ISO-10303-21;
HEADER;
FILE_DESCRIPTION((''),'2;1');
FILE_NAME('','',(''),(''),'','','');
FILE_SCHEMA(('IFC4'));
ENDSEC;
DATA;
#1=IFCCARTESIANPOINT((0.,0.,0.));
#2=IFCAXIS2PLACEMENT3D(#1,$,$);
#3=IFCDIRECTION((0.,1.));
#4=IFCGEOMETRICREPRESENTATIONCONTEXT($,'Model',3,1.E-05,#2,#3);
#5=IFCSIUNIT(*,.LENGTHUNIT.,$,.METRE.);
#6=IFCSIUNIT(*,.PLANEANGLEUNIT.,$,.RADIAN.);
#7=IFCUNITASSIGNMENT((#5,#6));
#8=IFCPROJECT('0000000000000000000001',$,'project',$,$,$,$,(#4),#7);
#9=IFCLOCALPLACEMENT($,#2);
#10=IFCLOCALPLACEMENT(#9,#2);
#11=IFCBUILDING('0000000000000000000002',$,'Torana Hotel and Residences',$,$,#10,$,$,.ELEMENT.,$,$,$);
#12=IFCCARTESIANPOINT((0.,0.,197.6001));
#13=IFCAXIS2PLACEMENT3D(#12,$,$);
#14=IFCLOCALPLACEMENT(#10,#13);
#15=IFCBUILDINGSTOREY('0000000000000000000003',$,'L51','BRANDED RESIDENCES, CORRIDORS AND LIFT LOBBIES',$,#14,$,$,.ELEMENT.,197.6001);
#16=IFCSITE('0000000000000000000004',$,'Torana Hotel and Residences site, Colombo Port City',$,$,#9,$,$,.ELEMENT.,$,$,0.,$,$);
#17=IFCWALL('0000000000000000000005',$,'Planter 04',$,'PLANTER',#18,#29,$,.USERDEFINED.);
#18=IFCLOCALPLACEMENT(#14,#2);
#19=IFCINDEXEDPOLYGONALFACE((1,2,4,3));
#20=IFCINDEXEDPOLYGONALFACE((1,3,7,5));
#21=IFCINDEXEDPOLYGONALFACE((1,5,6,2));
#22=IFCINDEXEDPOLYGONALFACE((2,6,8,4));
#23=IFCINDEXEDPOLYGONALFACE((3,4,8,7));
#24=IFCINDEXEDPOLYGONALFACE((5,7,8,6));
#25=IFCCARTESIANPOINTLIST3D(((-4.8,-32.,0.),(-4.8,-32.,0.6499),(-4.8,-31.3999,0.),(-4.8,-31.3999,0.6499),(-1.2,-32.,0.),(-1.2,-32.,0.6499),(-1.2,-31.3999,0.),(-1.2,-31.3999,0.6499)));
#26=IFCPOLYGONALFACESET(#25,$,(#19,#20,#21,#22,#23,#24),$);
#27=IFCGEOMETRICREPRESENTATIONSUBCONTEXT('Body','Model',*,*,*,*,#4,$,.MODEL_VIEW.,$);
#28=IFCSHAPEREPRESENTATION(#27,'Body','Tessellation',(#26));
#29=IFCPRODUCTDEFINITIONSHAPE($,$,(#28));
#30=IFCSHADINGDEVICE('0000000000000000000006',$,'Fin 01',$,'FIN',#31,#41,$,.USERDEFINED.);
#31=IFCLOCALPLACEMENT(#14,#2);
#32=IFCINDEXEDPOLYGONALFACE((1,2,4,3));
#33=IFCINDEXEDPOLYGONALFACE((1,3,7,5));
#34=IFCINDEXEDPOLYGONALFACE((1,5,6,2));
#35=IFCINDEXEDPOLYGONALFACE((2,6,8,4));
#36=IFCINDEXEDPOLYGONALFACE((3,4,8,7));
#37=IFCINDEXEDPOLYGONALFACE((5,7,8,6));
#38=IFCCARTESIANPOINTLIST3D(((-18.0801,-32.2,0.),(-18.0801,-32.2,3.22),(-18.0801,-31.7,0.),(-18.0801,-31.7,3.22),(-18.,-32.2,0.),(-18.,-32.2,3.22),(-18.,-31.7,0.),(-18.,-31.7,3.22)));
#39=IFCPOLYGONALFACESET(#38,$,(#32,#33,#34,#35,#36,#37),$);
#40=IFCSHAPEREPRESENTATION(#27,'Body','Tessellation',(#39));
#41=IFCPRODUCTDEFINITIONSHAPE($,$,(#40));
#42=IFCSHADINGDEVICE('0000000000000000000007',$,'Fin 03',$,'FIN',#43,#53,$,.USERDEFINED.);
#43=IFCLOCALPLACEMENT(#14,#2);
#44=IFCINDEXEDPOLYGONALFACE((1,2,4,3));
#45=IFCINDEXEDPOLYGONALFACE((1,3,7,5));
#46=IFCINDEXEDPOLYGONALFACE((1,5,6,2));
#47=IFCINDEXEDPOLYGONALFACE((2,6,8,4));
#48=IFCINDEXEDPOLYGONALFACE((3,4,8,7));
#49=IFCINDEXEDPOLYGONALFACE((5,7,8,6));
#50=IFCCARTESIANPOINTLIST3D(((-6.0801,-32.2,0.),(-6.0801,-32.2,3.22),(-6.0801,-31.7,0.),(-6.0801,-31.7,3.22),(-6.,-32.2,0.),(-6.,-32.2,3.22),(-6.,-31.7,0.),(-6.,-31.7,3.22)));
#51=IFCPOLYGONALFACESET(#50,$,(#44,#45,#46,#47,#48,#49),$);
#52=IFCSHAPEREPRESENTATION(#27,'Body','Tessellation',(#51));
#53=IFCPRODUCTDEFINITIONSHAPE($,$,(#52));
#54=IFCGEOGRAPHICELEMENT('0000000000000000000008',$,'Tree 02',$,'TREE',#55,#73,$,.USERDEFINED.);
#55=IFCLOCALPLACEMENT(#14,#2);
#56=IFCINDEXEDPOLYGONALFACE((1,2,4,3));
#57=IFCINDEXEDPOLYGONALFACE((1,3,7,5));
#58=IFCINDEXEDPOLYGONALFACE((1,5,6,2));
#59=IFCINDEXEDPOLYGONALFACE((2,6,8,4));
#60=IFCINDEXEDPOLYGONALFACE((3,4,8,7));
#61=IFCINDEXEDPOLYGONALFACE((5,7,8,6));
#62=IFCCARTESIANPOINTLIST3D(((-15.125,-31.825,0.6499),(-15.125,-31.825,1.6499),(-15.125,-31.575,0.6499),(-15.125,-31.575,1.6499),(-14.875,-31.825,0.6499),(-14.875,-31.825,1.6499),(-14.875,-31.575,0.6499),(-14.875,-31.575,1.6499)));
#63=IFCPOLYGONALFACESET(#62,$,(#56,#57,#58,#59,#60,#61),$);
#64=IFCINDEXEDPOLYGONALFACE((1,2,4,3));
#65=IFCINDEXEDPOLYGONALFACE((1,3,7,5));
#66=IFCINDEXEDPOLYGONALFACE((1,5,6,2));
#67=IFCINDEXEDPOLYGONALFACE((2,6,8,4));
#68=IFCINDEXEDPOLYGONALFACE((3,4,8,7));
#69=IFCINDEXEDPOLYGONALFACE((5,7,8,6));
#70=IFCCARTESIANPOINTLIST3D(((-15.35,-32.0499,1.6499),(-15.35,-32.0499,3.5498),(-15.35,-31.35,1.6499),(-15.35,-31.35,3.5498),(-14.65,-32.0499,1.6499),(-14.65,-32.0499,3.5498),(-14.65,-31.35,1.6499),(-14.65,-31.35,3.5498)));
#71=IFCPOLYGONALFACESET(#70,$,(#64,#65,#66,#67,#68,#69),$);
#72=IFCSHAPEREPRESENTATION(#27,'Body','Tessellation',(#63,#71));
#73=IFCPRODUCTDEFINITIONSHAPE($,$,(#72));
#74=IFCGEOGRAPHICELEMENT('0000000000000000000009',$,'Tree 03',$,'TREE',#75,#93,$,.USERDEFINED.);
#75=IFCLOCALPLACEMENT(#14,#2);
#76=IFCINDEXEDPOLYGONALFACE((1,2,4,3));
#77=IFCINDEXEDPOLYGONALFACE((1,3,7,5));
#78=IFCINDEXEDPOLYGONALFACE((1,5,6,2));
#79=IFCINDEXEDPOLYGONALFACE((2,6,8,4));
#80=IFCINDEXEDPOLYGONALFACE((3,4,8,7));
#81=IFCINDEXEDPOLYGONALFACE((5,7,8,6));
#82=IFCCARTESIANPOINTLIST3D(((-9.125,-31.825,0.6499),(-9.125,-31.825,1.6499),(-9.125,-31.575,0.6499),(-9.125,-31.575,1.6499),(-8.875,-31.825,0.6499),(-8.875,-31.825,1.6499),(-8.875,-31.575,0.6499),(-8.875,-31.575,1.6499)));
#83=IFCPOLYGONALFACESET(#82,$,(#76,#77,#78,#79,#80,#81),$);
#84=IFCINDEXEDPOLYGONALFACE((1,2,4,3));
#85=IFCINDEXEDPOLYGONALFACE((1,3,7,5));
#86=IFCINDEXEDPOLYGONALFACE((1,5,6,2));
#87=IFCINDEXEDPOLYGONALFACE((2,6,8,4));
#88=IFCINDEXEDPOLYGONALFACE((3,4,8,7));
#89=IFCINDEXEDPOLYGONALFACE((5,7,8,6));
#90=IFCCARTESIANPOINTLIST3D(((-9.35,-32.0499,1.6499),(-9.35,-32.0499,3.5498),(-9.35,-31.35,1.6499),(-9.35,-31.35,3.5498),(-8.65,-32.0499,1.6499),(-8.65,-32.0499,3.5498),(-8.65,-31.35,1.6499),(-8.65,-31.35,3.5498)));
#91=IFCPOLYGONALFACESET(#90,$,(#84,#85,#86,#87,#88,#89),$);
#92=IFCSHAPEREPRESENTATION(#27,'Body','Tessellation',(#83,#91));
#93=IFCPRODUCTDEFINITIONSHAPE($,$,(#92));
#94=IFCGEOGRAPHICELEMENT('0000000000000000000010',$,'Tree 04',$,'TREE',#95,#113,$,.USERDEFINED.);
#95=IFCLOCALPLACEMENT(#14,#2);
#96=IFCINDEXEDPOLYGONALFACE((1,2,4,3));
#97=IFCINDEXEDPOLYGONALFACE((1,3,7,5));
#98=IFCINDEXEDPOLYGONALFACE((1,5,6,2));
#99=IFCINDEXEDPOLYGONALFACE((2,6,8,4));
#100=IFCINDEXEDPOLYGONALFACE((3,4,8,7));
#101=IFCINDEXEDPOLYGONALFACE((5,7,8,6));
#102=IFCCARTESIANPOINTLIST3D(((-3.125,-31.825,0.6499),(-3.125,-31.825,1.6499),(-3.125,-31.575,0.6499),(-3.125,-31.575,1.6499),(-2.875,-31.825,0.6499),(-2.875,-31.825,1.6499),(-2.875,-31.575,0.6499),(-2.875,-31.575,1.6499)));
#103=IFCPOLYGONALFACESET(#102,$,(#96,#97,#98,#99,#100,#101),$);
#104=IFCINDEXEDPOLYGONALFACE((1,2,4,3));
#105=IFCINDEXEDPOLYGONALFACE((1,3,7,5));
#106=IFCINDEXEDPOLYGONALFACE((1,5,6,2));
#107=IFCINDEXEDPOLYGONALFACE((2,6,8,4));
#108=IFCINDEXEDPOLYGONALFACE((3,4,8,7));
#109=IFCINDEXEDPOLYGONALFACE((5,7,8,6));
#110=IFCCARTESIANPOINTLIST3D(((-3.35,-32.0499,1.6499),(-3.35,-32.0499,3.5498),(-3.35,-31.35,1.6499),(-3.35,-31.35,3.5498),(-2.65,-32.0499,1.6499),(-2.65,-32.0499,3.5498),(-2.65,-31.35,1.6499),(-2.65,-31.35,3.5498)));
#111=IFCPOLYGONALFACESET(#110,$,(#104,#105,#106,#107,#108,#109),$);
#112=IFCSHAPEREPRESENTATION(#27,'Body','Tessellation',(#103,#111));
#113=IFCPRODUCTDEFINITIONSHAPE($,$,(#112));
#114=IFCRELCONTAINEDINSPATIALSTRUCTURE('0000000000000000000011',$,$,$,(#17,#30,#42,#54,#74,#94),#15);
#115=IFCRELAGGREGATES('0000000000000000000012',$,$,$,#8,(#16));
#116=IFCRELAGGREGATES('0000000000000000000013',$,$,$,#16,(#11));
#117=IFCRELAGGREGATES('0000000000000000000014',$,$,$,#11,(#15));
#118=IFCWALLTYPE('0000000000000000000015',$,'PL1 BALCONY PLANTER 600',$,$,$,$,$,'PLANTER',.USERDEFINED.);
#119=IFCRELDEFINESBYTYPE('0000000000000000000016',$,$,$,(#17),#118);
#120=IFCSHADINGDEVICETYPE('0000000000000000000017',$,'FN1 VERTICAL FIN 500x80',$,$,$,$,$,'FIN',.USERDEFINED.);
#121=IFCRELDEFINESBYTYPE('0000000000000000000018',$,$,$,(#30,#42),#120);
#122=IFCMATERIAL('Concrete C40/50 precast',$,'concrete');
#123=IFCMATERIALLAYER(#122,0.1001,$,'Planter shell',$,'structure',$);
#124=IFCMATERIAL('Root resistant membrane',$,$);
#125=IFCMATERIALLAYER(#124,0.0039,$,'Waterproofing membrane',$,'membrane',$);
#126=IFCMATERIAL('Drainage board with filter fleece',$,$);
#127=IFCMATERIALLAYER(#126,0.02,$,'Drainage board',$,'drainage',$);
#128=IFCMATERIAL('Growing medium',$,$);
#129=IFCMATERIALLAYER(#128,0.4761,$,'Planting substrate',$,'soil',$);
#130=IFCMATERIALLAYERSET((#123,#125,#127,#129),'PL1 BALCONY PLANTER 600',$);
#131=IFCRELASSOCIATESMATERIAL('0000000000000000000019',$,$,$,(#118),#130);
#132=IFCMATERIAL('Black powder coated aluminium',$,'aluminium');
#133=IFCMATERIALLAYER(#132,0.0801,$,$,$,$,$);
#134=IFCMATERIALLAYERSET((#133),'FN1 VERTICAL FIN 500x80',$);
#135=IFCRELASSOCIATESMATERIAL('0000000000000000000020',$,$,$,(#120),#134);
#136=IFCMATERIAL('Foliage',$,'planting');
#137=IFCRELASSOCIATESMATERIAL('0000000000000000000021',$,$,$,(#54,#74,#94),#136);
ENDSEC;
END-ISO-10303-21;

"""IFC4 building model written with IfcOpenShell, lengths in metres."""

from ifc_helpers import new_model, si_unit, direction, frame, frame_2d, origin, origin_2d, place, context, subcontext, project, spatial, rectangle, extrude, material, layer, layer_set, type_object, element, save


model = new_model("IFC4")

# Units and contexts
model_context = context("Model", 3, precision=1e-05, world=origin(), true_north=direction((0.0, 1.0)))
body_context = subcontext(model_context, "Body", "Model", "MODEL_VIEW")
ifc_project = project(units=[si_unit("LENGTHUNIT", "METRE"), si_unit("PLANEANGLEUNIT", "RADIAN")], contexts=[model_context])

# Site, building, storey
site_placement = place(None, origin())
site = spatial("IfcSite", under=ifc_project, at=site_placement, Name="Torana Hotel and Residences site, Colombo Port City", CompositionType="ELEMENT", RefElevation=0.0)
building_placement = place(site_placement, origin())
building = spatial("IfcBuilding", under=site, at=building_placement, Name="Torana Hotel and Residences", CompositionType="ELEMENT")
storey_placement = place(building_placement, frame((0.0, 0.0, 197.6001)))
storey = spatial("IfcBuildingStorey", under=building, at=storey_placement, Name="L51", Description="BRANDED RESIDENCES, CORRIDORS AND LIFT LOBBIES", CompositionType="ELEMENT", Elevation=197.6001)

# Wall
ifc_material_1 = material(Name="Concrete C40/50 precast", Category="concrete")
ifc_layer_1 = layer(ifc_material_1, 0.1001, Name="Planter shell", Category="structure")
ifc_material_2 = material(Name="Root resistant membrane")
ifc_layer_2 = layer(ifc_material_2, 0.0039, Name="Waterproofing membrane", Category="membrane")
ifc_material_3 = material(Name="Drainage board with filter fleece")
ifc_layer_3 = layer(ifc_material_3, 0.02, Name="Drainage board", Category="drainage")
ifc_material_4 = material(Name="Growing medium")
ifc_layer_4 = layer(ifc_material_4, 0.4761, Name="Planting substrate", Category="soil")
ifc_layer_set_1 = layer_set([ifc_layer_1, ifc_layer_2, ifc_layer_3, ifc_layer_4], Name="PL1 BALCONY PLANTER 600")
wall_type_1 = type_object("IfcWallType", Name="PL1 BALCONY PLANTER 600", ElementType="PLANTER", PredefinedType="USERDEFINED", material=ifc_layer_set_1)
for number, where, z_axis, x_axis, name in (
    (1, (-1.2, -31.7, 0.0), (0.0, 0.0, 1.0), (-1.0, 0.0, 0.0), "Planter 04"),
):
    element("IfcWall", number, at=place(storey_placement, frame(where, z_axis=z_axis, x_axis=x_axis)), inside=storey, type_object=wall_type_1, Name=name, ObjectType="PLANTER", PredefinedType="USERDEFINED", context=body_context, shape_type="SweptSolid", body=[
        extrude(rectangle(XDim=3.6001, YDim=0.6001, at=frame_2d((1.8, 0.0))), origin(), (0.0, 0.0, 1.0), 0.6499),
    ])

# Shading devices
ifc_material_5 = material(Name="Black powder coated aluminium", Category="aluminium")
ifc_layer_5 = layer(ifc_material_5, 0.0801)
ifc_layer_set_2 = layer_set([ifc_layer_5], Name="FN1 VERTICAL FIN 500x80")
shading_device_type = type_object("IfcShadingDeviceType", Name="FN1 VERTICAL FIN 500x80", ElementType="FIN", PredefinedType="USERDEFINED", material=ifc_layer_set_2)
for number, where, z_axis, x_axis, name in (
    (2, (-18.04, -31.95, 0.0), (0.0, 0.0, 1.0), (-1.0, 0.0, 0.0), "Fin 01"),
    (3, (-6.04, -31.95, 0.0), (0.0, 0.0, 1.0), (-1.0, 0.0, 0.0), "Fin 03"),
):
    element("IfcShadingDevice", number, at=place(storey_placement, frame(where, z_axis=z_axis, x_axis=x_axis)), inside=storey, type_object=shading_device_type, Name=name, ObjectType="FIN", PredefinedType="USERDEFINED", context=body_context, shape_type="SweptSolid", body=[
        extrude(rectangle(XDim=0.0801, YDim=0.5, at=origin_2d()), origin(), (0.0, 0.0, 1.0), 3.22),
    ])

# Geographic elements
ifc_material_6 = material(Name="Foliage", Category="planting")
for number, where, z_axis, x_axis, name in (
    (4, (-15.0, -31.7, 0.6499), (0.0, 0.0, 1.0), (1.0, 0.0, 0.0), "Tree 02"),
    (5, (-9.0, -31.7, 0.6499), (0.0, 0.0, 1.0), (1.0, 0.0, 0.0), "Tree 03"),
    (6, (-3.0, -31.7, 0.6499), (0.0, 0.0, 1.0), (1.0, 0.0, 0.0), "Tree 04"),
):
    element("IfcGeographicElement", number, at=place(storey_placement, frame(where, z_axis=z_axis, x_axis=x_axis)), inside=storey, material=ifc_material_6, Name=name, ObjectType="TREE", PredefinedType="USERDEFINED", context=body_context, shape_type="SweptSolid", body=[
        extrude(rectangle(XDim=0.25, YDim=0.25, at=origin_2d()), origin(), (0.0, 0.0, 1.0), 1.0),
        extrude(rectangle(XDim=0.7, YDim=0.7, at=origin_2d()), frame((0.0, 0.0, 1.0)), (0.0, 0.0, 1.0), 1.8999),
    ])

save(model, "model.ifc")
